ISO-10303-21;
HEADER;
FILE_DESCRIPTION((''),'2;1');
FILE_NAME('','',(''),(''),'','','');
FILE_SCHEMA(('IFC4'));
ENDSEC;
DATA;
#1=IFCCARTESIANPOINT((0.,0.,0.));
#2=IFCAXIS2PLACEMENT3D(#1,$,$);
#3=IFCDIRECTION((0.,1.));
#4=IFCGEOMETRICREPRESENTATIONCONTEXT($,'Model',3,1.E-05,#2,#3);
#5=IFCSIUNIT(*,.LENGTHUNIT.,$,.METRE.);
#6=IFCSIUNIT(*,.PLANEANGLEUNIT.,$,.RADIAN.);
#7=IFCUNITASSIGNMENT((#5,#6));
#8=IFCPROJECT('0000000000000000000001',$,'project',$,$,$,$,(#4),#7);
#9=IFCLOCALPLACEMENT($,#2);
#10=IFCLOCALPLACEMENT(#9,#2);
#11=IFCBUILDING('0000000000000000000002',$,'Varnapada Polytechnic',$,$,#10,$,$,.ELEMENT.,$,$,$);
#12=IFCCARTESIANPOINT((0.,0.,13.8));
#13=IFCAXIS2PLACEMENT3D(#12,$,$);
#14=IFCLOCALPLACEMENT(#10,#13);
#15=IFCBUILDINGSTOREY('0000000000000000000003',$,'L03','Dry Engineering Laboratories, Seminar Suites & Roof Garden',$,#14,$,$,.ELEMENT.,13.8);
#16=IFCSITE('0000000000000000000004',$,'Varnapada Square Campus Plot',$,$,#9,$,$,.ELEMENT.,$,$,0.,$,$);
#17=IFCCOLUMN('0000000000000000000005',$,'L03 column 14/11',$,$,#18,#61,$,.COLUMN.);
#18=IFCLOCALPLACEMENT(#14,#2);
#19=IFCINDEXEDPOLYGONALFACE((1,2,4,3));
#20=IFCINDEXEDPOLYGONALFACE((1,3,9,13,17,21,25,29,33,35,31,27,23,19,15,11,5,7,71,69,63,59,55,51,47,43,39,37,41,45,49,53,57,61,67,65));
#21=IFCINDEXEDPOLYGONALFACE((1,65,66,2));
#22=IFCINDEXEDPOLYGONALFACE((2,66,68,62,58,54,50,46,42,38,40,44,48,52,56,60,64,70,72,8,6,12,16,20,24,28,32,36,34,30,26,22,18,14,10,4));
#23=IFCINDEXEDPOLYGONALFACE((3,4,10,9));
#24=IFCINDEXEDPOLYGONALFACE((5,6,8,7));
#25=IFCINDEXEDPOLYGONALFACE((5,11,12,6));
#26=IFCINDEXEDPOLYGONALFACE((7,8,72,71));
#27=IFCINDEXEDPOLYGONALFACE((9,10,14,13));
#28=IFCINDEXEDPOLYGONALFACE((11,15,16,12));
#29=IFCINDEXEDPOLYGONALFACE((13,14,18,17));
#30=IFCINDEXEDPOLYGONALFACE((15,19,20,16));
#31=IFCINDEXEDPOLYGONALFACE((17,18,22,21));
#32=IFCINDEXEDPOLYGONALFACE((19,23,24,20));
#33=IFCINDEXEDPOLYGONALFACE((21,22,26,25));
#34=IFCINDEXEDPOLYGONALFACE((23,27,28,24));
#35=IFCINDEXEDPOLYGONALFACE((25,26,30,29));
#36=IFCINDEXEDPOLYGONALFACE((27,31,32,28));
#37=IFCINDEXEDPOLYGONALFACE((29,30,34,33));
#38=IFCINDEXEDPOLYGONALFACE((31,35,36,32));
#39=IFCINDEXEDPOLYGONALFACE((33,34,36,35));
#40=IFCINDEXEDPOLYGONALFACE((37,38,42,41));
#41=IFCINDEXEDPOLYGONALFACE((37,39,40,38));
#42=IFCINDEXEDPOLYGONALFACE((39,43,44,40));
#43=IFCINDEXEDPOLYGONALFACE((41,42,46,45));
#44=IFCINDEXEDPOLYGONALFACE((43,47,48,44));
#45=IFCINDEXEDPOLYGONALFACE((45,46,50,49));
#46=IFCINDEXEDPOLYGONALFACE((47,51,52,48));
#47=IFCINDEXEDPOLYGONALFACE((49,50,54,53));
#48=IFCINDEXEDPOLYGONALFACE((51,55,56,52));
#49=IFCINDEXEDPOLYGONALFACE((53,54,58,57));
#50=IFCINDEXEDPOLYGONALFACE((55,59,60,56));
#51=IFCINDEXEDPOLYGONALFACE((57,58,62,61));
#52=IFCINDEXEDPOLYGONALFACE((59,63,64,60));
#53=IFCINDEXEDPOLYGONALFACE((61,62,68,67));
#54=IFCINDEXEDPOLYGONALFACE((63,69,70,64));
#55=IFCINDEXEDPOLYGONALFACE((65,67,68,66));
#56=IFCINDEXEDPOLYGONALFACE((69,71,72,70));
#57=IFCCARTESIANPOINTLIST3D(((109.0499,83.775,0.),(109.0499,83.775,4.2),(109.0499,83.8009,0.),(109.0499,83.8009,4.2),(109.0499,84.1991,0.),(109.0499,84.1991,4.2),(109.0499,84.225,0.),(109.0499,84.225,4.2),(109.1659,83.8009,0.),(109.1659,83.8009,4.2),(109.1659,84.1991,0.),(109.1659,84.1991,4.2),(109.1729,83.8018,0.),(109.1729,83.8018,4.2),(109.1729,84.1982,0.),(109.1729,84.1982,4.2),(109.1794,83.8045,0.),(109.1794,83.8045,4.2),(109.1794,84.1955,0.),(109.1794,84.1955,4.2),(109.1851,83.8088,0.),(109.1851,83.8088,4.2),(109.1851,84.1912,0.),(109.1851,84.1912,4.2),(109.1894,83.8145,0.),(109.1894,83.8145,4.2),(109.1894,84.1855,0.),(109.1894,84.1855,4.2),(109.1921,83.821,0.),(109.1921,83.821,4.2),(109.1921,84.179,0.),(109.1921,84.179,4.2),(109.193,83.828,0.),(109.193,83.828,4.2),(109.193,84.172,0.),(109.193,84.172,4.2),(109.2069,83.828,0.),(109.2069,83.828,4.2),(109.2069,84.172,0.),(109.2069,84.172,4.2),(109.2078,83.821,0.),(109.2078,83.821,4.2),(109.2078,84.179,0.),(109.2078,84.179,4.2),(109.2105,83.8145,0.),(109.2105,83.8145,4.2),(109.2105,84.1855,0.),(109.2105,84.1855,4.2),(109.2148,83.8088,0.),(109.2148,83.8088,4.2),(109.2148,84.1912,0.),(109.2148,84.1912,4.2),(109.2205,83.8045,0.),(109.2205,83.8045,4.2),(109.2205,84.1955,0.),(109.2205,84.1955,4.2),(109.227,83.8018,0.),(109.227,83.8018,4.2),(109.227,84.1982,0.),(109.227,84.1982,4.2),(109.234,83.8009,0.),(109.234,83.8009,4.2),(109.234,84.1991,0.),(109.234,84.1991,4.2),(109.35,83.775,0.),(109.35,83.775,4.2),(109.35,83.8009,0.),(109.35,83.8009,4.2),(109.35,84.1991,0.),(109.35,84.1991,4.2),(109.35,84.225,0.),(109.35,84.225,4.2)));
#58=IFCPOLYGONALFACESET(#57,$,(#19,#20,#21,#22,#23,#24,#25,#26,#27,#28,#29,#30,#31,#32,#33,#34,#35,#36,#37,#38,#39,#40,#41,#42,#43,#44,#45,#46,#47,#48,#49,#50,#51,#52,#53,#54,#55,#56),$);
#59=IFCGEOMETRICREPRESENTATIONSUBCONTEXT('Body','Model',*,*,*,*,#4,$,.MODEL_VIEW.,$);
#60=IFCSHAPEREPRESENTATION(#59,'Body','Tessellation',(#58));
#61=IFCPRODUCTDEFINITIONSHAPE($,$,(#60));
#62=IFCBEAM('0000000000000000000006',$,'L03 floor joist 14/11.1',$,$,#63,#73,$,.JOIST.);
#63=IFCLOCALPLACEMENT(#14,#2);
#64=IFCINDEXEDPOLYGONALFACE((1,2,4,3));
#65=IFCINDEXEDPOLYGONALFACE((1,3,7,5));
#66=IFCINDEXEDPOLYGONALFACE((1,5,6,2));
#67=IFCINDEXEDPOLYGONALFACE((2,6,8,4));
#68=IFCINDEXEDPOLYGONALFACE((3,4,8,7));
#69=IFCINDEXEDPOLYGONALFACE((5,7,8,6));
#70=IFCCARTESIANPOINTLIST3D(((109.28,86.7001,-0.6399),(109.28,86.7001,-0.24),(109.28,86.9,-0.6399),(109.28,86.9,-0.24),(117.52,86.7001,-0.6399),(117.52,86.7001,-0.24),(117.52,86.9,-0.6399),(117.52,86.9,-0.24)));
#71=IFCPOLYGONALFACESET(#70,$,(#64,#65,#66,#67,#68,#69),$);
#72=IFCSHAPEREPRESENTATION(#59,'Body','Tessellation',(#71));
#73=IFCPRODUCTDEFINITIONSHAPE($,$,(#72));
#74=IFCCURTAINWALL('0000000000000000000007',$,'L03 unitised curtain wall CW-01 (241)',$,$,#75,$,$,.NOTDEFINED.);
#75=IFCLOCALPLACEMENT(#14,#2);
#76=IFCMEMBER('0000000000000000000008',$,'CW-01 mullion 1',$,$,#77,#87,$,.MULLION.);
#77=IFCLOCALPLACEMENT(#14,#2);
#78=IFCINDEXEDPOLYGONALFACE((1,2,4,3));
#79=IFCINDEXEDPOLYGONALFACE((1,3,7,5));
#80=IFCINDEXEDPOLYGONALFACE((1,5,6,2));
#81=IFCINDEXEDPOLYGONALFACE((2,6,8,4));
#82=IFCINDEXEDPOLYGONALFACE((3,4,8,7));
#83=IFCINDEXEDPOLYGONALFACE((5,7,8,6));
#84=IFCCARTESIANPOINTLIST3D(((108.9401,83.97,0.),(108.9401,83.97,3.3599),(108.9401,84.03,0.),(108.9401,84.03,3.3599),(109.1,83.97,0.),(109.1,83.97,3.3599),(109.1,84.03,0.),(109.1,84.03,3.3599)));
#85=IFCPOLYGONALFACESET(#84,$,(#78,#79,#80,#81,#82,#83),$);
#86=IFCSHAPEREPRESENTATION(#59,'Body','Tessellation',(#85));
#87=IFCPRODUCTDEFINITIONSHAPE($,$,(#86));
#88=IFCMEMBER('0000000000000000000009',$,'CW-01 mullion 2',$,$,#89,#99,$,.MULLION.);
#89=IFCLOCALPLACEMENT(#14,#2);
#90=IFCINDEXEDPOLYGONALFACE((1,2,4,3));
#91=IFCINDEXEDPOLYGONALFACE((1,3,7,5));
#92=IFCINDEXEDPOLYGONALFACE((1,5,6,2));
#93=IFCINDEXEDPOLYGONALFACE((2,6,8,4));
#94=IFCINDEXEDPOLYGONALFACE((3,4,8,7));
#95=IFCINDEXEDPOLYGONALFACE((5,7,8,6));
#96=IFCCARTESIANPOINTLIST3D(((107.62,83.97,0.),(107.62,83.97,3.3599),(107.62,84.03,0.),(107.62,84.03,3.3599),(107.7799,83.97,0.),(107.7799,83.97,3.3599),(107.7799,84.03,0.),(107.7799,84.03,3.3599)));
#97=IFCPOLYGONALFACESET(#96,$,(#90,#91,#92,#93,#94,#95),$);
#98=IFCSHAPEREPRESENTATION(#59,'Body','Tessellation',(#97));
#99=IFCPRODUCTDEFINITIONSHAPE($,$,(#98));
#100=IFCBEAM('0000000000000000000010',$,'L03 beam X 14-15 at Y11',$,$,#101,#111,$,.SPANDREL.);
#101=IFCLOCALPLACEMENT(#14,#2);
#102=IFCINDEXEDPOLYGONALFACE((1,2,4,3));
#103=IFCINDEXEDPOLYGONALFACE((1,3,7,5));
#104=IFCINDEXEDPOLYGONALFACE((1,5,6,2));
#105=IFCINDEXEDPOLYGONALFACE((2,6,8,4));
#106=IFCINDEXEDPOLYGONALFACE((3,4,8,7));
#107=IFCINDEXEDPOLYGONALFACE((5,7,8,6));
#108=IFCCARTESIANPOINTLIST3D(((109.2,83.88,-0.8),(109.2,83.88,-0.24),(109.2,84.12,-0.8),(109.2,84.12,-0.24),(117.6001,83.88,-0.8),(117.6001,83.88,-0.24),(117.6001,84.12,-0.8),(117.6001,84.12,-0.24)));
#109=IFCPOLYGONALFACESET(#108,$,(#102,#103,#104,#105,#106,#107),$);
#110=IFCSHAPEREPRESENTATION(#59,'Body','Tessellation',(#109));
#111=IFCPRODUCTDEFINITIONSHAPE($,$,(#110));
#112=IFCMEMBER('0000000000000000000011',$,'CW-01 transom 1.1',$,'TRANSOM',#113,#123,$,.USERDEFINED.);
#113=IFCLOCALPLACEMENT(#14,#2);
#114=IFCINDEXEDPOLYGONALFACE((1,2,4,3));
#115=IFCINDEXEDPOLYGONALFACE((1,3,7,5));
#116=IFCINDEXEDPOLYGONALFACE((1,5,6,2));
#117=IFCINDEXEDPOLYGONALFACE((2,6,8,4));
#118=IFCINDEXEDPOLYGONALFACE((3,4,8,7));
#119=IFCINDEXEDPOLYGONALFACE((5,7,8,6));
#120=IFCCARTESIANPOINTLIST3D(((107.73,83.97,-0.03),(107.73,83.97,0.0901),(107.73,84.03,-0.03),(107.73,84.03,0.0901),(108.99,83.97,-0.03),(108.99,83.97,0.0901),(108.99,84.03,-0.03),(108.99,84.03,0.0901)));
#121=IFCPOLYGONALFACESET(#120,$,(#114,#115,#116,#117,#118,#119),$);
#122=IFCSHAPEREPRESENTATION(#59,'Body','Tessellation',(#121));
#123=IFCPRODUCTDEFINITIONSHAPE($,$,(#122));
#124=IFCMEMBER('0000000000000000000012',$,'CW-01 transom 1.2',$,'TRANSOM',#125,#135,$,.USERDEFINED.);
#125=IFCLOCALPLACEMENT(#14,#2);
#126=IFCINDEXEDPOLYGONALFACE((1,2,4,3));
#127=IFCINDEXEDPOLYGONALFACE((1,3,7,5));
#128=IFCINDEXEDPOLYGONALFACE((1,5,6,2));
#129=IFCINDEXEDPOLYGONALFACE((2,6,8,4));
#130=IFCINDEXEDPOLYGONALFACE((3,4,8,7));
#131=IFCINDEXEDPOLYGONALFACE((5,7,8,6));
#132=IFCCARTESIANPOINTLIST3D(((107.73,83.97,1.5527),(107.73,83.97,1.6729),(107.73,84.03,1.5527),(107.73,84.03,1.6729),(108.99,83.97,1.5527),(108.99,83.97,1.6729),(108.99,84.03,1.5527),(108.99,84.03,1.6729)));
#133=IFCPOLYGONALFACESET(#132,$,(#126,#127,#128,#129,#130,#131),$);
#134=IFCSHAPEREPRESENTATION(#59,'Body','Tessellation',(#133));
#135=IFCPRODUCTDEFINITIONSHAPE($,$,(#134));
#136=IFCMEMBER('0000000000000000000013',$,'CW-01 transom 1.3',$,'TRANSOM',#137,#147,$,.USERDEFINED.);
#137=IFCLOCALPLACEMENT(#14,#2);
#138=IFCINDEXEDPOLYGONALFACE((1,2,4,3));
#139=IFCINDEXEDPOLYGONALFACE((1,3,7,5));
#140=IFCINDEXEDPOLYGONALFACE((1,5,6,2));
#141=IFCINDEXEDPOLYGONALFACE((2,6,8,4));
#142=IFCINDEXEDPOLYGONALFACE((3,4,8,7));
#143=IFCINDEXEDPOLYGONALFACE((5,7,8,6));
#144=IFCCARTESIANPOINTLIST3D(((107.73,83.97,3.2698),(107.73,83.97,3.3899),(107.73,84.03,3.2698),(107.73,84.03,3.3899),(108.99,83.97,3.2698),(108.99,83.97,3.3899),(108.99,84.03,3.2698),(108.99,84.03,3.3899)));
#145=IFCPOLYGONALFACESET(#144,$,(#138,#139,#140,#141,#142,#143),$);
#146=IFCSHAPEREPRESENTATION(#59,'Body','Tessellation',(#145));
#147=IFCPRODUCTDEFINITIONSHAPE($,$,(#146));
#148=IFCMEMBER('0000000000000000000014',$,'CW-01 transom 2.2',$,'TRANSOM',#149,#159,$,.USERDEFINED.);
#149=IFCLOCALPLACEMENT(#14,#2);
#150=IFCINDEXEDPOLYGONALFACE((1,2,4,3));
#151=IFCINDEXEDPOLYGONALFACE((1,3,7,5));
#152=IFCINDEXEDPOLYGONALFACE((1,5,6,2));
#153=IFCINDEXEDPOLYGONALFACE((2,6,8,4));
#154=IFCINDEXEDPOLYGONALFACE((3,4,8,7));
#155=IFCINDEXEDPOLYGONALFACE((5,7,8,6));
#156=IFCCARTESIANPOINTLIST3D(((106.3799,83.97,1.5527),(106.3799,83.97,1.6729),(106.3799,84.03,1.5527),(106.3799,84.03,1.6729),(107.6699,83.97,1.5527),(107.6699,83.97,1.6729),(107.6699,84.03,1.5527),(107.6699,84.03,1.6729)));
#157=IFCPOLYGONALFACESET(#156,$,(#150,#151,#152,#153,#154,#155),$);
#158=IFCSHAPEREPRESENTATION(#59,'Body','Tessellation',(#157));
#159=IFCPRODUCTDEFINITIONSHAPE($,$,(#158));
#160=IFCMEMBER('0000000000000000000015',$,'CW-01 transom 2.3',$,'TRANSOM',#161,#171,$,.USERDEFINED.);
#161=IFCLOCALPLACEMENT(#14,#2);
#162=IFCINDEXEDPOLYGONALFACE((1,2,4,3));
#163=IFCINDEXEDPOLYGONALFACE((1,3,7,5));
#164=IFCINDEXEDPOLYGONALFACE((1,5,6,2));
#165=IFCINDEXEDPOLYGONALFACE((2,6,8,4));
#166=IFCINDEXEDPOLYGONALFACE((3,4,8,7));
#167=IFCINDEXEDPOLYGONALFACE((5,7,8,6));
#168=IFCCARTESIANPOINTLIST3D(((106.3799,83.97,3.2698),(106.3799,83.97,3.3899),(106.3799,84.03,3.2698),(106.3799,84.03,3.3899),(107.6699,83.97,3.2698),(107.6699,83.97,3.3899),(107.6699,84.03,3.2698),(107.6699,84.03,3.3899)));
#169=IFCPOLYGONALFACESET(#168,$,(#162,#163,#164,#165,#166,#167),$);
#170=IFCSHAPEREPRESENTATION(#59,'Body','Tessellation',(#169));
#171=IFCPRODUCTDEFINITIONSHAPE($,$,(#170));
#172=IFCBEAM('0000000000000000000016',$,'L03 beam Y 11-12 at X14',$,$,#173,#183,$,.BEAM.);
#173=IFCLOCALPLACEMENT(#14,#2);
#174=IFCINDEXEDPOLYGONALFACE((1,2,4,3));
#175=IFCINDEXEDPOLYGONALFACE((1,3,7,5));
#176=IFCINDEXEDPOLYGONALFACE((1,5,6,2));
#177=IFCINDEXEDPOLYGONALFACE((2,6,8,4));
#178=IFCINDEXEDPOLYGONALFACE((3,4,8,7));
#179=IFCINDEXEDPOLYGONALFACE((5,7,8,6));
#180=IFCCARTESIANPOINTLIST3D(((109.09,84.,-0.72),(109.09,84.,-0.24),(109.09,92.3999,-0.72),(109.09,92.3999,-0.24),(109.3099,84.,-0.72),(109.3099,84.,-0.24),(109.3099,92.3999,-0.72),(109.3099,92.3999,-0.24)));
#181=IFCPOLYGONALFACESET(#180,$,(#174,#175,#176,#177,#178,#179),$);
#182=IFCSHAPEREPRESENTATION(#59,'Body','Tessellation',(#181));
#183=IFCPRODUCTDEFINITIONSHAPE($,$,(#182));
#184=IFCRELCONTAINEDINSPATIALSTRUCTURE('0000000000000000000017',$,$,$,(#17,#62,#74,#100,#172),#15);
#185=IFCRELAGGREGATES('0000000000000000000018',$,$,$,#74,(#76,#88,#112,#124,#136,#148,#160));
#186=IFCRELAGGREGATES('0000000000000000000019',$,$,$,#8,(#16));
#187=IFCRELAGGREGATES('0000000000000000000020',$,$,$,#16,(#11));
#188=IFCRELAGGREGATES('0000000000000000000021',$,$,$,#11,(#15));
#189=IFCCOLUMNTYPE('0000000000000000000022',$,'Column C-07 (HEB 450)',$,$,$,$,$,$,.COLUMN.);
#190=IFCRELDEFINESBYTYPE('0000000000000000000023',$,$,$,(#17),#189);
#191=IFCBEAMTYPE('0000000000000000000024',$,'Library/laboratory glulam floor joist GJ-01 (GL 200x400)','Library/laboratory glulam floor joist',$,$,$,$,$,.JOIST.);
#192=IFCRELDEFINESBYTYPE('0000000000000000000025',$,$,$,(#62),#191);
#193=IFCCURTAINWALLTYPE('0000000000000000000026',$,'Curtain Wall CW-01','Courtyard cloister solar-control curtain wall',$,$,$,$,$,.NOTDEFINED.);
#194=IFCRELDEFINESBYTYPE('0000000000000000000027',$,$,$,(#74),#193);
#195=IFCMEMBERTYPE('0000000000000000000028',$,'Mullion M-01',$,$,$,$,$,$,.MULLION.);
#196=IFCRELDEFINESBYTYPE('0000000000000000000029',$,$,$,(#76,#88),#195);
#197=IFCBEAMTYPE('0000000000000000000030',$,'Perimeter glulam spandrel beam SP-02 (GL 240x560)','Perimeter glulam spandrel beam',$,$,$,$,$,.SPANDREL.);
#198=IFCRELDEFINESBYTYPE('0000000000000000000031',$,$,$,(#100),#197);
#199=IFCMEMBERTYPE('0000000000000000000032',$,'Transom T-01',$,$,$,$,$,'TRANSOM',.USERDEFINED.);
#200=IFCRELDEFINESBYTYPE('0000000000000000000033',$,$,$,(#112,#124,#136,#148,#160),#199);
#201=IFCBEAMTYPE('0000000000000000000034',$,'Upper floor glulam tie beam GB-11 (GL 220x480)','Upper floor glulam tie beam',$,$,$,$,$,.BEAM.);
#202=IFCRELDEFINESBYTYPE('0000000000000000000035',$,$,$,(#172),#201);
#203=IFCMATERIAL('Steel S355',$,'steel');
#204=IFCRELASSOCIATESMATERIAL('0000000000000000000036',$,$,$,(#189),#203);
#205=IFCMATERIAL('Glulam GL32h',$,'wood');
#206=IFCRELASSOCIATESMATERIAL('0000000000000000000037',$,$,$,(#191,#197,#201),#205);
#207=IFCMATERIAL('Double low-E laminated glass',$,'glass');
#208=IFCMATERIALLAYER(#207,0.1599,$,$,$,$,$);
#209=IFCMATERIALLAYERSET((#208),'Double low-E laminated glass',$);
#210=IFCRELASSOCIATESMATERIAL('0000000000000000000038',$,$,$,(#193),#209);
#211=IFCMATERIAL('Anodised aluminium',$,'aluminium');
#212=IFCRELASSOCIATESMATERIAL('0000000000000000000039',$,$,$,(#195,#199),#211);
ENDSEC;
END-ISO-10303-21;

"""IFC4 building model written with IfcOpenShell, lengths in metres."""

from ifc_helpers import new_model, si_unit, direction, frame, origin, origin_2d, place, context, subcontext, project, spatial, rectangle, i_section, extrude, material, layer, layer_set, material_profile, profile_set, type_object, element, aggregate, save


model = new_model("IFC4")

# Units and contexts
model_context = context("Model", 3, precision=1e-05, world=origin(), true_north=direction((0.0, 1.0)))
body_context = subcontext(model_context, "Body", "Model", "MODEL_VIEW")
ifc_project = project(units=[si_unit("LENGTHUNIT", "METRE"), si_unit("PLANEANGLEUNIT", "RADIAN")], contexts=[model_context])

# Site, building, storey
site_placement = place(None, origin())
site = spatial("IfcSite", under=ifc_project, at=site_placement, Name="Varnapada Square Campus Plot", CompositionType="ELEMENT", RefElevation=0.0)
building_placement = place(site_placement, origin())
building = spatial("IfcBuilding", under=site, at=building_placement, Name="Varnapada Polytechnic", CompositionType="ELEMENT")
storey_placement = place(building_placement, frame((0.0, 0.0, 13.8)))
storey = spatial("IfcBuildingStorey", under=building, at=storey_placement, Name="L03", Description="Dry Engineering Laboratories, Seminar Suites & Roof Garden", CompositionType="ELEMENT", Elevation=13.8)

# Column
ifc_material_1 = material(Name="Steel S355", Category="steel")
ifc_material_profile_1 = material_profile(ifc_material_1, i_section(OverallWidth=0.3, OverallDepth=0.45, WebThickness=0.0139, FlangeThickness=0.0259, FilletRadius=0.0271, at=origin_2d()), Name="HEB 450")
ifc_profile_set_1 = profile_set([ifc_material_profile_1], Name="Steel S355")
column_type = type_object("IfcColumnType", Name="Column C-07 (HEB 450)", PredefinedType="COLUMN", material=ifc_profile_set_1)
column_placement = place(storey_placement, frame((109.2, 84.0, 0.0), z_axis=(0.0, 0.0, 1.0), x_axis=(1.0, 0.0, 0.0)))
element("IfcColumn", 1, at=column_placement, inside=storey, type_object=column_type, Name="L03 column 14/11", PredefinedType="COLUMN", context=body_context, shape_type="SweptSolid", body=[
    extrude(i_section(OverallWidth=0.3, OverallDepth=0.45, WebThickness=0.0139, FlangeThickness=0.0259, FilletRadius=0.0271, at=origin_2d()), origin(), (0.0, 0.0, 1.0), 4.2),
])

# Beam
ifc_material_2 = material(Name="Glulam GL32h", Category="wood")
ifc_material_profile_2 = material_profile(ifc_material_2, rectangle(XDim=0.2, YDim=0.3999, at=origin_2d()), Name="GL 200x400")
ifc_profile_set_2 = profile_set([ifc_material_profile_2], Name="Glulam GL32h")
beam_type_1 = type_object("IfcBeamType", Name="Library/laboratory glulam floor joist GJ-01 (GL 200x400)", Description="Library/laboratory glulam floor joist", PredefinedType="JOIST", material=ifc_profile_set_2)
beam_1_placement = place(storey_placement, frame((109.28, 86.8, -0.4399), z_axis=(1.0, 0.0, 0.0), x_axis=(0.0, 1.0, 0.0)))
element("IfcBeam", 2, at=beam_1_placement, inside=storey, type_object=beam_type_1, Name="L03 floor joist 14/11.1", PredefinedType="JOIST", context=body_context, shape_type="SweptSolid", body=[
    extrude(rectangle(XDim=0.2, YDim=0.3999, at=origin_2d()), origin(), (0.0, 0.0, 1.0), 8.24),
])

# Curtain wall, members
ifc_material_3 = material(Name="Double low-E laminated glass", Category="glass")
ifc_layer_1 = layer(ifc_material_3, 0.1599)
ifc_layer_set_1 = layer_set([ifc_layer_1], Name="Double low-E laminated glass")
curtain_wall_type = type_object("IfcCurtainWallType", Name="Curtain Wall CW-01", Description="Courtyard cloister solar-control curtain wall", PredefinedType="NOTDEFINED", material=ifc_layer_set_1)
curtain_wall_placement = place(storey_placement, origin())
curtain_wall = element("IfcCurtainWall", 3, at=curtain_wall_placement, inside=storey, type_object=curtain_wall_type, Name="L03 unitised curtain wall CW-01 (241)", PredefinedType="NOTDEFINED")
ifc_material_4 = material(Name="Anodised aluminium", Category="aluminium")
ifc_material_profile_3 = material_profile(ifc_material_4, rectangle(XDim=0.0601, YDim=0.1599, at=origin_2d()), Name="ALU M60x160")
ifc_profile_set_3 = profile_set([ifc_material_profile_3], Name="Anodised aluminium")
member_type_1 = type_object("IfcMemberType", Name="Mullion M-01", PredefinedType="MULLION", material=ifc_profile_set_3)
member_1_placement = place(storey_placement, frame((109.02, 84.0, 0.0), z_axis=(0.0, 0.0, 1.0), x_axis=(0.0, -1.0, 0.0)))
member_1 = element("IfcMember", 4, at=member_1_placement, type_object=member_type_1, Name="CW-01 mullion 1", PredefinedType="MULLION", context=body_context, shape_type="SweptSolid", body=[
    extrude(rectangle(XDim=0.0601, YDim=0.1599, at=origin_2d()), origin(), (0.0, 0.0, 1.0), 3.3599),
])
member_2_placement = place(storey_placement, frame((107.7, 84.0, 0.0), z_axis=(0.0, 0.0, 1.0), x_axis=(0.0, -1.0, 0.0)))
member_2 = element("IfcMember", 5, at=member_2_placement, type_object=member_type_1, Name="CW-01 mullion 2", PredefinedType="MULLION", context=body_context, shape_type="SweptSolid", body=[
    extrude(rectangle(XDim=0.0601, YDim=0.1599, at=origin_2d()), origin(), (0.0, 0.0, 1.0), 3.3599),
])

# Beam
ifc_material_profile_4 = material_profile(ifc_material_2, rectangle(XDim=0.24, YDim=0.5601, at=origin_2d()), Name="GL 240x560")
ifc_profile_set_4 = profile_set([ifc_material_profile_4], Name="Glulam GL32h")
beam_type_2 = type_object("IfcBeamType", Name="Perimeter glulam spandrel beam SP-02 (GL 240x560)", Description="Perimeter glulam spandrel beam", PredefinedType="SPANDREL", material=ifc_profile_set_4)
beam_2_placement = place(storey_placement, frame((109.2, 84.0, -0.52), z_axis=(1.0, 0.0, 0.0), x_axis=(0.0, 1.0, 0.0)))
element("IfcBeam", 6, at=beam_2_placement, inside=storey, type_object=beam_type_2, Name="L03 beam X 14-15 at Y11", PredefinedType="SPANDREL", context=body_context, shape_type="SweptSolid", body=[
    extrude(rectangle(XDim=0.24, YDim=0.5601, at=origin_2d()), origin(), (0.0, 0.0, 1.0), 8.4001),
])

# Members
ifc_material_profile_5 = material_profile(ifc_material_4, rectangle(XDim=0.0601, YDim=0.1201, at=origin_2d()), Name="ALU T60x120")
ifc_profile_set_5 = profile_set([ifc_material_profile_5], Name="Anodised aluminium")
member_type_2 = type_object("IfcMemberType", Name="Transom T-01", ElementType="TRANSOM", PredefinedType="USERDEFINED", material=ifc_profile_set_5)
member_3_placement = place(storey_placement, frame((108.99, 84.0, 0.03), z_axis=(-1.0, 0.0, 0.0), x_axis=(0.0, -1.0, 0.0)))
member_3 = element("IfcMember", 7, at=member_3_placement, type_object=member_type_2, Name="CW-01 transom 1.1", ObjectType="TRANSOM", PredefinedType="USERDEFINED", context=body_context, shape_type="SweptSolid", body=[
    extrude(rectangle(XDim=0.0601, YDim=0.1201, at=origin_2d()), origin(), (0.0, 0.0, 1.0), 1.26),
])
member_4_placement = place(storey_placement, frame((108.99, 84.0, 1.6128), z_axis=(-1.0, 0.0, 0.0), x_axis=(0.0, -1.0, 0.0)))
member_4 = element("IfcMember", 8, at=member_4_placement, type_object=member_type_2, Name="CW-01 transom 1.2", ObjectType="TRANSOM", PredefinedType="USERDEFINED", context=body_context, shape_type="SweptSolid", body=[
    extrude(rectangle(XDim=0.0601, YDim=0.1201, at=origin_2d()), origin(), (0.0, 0.0, 1.0), 1.26),
])
member_5_placement = place(storey_placement, frame((108.99, 84.0, 3.3298), z_axis=(-1.0, 0.0, 0.0), x_axis=(0.0, -1.0, 0.0)))
member_5 = element("IfcMember", 9, at=member_5_placement, type_object=member_type_2, Name="CW-01 transom 1.3", ObjectType="TRANSOM", PredefinedType="USERDEFINED", context=body_context, shape_type="SweptSolid", body=[
    extrude(rectangle(XDim=0.0601, YDim=0.1201, at=origin_2d()), origin(), (0.0, 0.0, 1.0), 1.26),
])
member_6_placement = place(storey_placement, frame((107.6699, 84.0, 1.6128), z_axis=(-1.0, 0.0, 0.0), x_axis=(0.0, -1.0, 0.0)))
member_6 = element("IfcMember", 10, at=member_6_placement, type_object=member_type_2, Name="CW-01 transom 2.2", ObjectType="TRANSOM", PredefinedType="USERDEFINED", context=body_context, shape_type="SweptSolid", body=[
    extrude(rectangle(XDim=0.0601, YDim=0.1201, at=origin_2d()), origin(), (0.0, 0.0, 1.0), 1.29),
])
member_7_placement = place(storey_placement, frame((107.6699, 84.0, 3.3298), z_axis=(-1.0, 0.0, 0.0), x_axis=(0.0, -1.0, 0.0)))
member_7 = element("IfcMember", 11, at=member_7_placement, type_object=member_type_2, Name="CW-01 transom 2.3", ObjectType="TRANSOM", PredefinedType="USERDEFINED", context=body_context, shape_type="SweptSolid", body=[
    extrude(rectangle(XDim=0.0601, YDim=0.1201, at=origin_2d()), origin(), (0.0, 0.0, 1.0), 1.29),
])

# Beam
ifc_material_profile_6 = material_profile(ifc_material_2, rectangle(XDim=0.22, YDim=0.48, at=origin_2d()), Name="GL 220x480")
ifc_profile_set_6 = profile_set([ifc_material_profile_6], Name="Glulam GL32h")
beam_type_3 = type_object("IfcBeamType", Name="Upper floor glulam tie beam GB-11 (GL 220x480)", Description="Upper floor glulam tie beam", PredefinedType="BEAM", material=ifc_profile_set_6)
beam_3_placement = place(storey_placement, frame((109.2, 84.0, -0.48), z_axis=(0.0, 1.0, 0.0), x_axis=(-1.0, 0.0, 0.0)))
element("IfcBeam", 12, at=beam_3_placement, inside=storey, type_object=beam_type_3, Name="L03 beam Y 11-12 at X14", PredefinedType="BEAM", context=body_context, shape_type="SweptSolid", body=[
    extrude(rectangle(XDim=0.22, YDim=0.48, at=origin_2d()), origin(), (0.0, 0.0, 1.0), 8.3999),
])

aggregate(curtain_wall, [member_1, member_2, member_3, member_4, member_5, member_6, member_7])

save(model, "model.ifc")
